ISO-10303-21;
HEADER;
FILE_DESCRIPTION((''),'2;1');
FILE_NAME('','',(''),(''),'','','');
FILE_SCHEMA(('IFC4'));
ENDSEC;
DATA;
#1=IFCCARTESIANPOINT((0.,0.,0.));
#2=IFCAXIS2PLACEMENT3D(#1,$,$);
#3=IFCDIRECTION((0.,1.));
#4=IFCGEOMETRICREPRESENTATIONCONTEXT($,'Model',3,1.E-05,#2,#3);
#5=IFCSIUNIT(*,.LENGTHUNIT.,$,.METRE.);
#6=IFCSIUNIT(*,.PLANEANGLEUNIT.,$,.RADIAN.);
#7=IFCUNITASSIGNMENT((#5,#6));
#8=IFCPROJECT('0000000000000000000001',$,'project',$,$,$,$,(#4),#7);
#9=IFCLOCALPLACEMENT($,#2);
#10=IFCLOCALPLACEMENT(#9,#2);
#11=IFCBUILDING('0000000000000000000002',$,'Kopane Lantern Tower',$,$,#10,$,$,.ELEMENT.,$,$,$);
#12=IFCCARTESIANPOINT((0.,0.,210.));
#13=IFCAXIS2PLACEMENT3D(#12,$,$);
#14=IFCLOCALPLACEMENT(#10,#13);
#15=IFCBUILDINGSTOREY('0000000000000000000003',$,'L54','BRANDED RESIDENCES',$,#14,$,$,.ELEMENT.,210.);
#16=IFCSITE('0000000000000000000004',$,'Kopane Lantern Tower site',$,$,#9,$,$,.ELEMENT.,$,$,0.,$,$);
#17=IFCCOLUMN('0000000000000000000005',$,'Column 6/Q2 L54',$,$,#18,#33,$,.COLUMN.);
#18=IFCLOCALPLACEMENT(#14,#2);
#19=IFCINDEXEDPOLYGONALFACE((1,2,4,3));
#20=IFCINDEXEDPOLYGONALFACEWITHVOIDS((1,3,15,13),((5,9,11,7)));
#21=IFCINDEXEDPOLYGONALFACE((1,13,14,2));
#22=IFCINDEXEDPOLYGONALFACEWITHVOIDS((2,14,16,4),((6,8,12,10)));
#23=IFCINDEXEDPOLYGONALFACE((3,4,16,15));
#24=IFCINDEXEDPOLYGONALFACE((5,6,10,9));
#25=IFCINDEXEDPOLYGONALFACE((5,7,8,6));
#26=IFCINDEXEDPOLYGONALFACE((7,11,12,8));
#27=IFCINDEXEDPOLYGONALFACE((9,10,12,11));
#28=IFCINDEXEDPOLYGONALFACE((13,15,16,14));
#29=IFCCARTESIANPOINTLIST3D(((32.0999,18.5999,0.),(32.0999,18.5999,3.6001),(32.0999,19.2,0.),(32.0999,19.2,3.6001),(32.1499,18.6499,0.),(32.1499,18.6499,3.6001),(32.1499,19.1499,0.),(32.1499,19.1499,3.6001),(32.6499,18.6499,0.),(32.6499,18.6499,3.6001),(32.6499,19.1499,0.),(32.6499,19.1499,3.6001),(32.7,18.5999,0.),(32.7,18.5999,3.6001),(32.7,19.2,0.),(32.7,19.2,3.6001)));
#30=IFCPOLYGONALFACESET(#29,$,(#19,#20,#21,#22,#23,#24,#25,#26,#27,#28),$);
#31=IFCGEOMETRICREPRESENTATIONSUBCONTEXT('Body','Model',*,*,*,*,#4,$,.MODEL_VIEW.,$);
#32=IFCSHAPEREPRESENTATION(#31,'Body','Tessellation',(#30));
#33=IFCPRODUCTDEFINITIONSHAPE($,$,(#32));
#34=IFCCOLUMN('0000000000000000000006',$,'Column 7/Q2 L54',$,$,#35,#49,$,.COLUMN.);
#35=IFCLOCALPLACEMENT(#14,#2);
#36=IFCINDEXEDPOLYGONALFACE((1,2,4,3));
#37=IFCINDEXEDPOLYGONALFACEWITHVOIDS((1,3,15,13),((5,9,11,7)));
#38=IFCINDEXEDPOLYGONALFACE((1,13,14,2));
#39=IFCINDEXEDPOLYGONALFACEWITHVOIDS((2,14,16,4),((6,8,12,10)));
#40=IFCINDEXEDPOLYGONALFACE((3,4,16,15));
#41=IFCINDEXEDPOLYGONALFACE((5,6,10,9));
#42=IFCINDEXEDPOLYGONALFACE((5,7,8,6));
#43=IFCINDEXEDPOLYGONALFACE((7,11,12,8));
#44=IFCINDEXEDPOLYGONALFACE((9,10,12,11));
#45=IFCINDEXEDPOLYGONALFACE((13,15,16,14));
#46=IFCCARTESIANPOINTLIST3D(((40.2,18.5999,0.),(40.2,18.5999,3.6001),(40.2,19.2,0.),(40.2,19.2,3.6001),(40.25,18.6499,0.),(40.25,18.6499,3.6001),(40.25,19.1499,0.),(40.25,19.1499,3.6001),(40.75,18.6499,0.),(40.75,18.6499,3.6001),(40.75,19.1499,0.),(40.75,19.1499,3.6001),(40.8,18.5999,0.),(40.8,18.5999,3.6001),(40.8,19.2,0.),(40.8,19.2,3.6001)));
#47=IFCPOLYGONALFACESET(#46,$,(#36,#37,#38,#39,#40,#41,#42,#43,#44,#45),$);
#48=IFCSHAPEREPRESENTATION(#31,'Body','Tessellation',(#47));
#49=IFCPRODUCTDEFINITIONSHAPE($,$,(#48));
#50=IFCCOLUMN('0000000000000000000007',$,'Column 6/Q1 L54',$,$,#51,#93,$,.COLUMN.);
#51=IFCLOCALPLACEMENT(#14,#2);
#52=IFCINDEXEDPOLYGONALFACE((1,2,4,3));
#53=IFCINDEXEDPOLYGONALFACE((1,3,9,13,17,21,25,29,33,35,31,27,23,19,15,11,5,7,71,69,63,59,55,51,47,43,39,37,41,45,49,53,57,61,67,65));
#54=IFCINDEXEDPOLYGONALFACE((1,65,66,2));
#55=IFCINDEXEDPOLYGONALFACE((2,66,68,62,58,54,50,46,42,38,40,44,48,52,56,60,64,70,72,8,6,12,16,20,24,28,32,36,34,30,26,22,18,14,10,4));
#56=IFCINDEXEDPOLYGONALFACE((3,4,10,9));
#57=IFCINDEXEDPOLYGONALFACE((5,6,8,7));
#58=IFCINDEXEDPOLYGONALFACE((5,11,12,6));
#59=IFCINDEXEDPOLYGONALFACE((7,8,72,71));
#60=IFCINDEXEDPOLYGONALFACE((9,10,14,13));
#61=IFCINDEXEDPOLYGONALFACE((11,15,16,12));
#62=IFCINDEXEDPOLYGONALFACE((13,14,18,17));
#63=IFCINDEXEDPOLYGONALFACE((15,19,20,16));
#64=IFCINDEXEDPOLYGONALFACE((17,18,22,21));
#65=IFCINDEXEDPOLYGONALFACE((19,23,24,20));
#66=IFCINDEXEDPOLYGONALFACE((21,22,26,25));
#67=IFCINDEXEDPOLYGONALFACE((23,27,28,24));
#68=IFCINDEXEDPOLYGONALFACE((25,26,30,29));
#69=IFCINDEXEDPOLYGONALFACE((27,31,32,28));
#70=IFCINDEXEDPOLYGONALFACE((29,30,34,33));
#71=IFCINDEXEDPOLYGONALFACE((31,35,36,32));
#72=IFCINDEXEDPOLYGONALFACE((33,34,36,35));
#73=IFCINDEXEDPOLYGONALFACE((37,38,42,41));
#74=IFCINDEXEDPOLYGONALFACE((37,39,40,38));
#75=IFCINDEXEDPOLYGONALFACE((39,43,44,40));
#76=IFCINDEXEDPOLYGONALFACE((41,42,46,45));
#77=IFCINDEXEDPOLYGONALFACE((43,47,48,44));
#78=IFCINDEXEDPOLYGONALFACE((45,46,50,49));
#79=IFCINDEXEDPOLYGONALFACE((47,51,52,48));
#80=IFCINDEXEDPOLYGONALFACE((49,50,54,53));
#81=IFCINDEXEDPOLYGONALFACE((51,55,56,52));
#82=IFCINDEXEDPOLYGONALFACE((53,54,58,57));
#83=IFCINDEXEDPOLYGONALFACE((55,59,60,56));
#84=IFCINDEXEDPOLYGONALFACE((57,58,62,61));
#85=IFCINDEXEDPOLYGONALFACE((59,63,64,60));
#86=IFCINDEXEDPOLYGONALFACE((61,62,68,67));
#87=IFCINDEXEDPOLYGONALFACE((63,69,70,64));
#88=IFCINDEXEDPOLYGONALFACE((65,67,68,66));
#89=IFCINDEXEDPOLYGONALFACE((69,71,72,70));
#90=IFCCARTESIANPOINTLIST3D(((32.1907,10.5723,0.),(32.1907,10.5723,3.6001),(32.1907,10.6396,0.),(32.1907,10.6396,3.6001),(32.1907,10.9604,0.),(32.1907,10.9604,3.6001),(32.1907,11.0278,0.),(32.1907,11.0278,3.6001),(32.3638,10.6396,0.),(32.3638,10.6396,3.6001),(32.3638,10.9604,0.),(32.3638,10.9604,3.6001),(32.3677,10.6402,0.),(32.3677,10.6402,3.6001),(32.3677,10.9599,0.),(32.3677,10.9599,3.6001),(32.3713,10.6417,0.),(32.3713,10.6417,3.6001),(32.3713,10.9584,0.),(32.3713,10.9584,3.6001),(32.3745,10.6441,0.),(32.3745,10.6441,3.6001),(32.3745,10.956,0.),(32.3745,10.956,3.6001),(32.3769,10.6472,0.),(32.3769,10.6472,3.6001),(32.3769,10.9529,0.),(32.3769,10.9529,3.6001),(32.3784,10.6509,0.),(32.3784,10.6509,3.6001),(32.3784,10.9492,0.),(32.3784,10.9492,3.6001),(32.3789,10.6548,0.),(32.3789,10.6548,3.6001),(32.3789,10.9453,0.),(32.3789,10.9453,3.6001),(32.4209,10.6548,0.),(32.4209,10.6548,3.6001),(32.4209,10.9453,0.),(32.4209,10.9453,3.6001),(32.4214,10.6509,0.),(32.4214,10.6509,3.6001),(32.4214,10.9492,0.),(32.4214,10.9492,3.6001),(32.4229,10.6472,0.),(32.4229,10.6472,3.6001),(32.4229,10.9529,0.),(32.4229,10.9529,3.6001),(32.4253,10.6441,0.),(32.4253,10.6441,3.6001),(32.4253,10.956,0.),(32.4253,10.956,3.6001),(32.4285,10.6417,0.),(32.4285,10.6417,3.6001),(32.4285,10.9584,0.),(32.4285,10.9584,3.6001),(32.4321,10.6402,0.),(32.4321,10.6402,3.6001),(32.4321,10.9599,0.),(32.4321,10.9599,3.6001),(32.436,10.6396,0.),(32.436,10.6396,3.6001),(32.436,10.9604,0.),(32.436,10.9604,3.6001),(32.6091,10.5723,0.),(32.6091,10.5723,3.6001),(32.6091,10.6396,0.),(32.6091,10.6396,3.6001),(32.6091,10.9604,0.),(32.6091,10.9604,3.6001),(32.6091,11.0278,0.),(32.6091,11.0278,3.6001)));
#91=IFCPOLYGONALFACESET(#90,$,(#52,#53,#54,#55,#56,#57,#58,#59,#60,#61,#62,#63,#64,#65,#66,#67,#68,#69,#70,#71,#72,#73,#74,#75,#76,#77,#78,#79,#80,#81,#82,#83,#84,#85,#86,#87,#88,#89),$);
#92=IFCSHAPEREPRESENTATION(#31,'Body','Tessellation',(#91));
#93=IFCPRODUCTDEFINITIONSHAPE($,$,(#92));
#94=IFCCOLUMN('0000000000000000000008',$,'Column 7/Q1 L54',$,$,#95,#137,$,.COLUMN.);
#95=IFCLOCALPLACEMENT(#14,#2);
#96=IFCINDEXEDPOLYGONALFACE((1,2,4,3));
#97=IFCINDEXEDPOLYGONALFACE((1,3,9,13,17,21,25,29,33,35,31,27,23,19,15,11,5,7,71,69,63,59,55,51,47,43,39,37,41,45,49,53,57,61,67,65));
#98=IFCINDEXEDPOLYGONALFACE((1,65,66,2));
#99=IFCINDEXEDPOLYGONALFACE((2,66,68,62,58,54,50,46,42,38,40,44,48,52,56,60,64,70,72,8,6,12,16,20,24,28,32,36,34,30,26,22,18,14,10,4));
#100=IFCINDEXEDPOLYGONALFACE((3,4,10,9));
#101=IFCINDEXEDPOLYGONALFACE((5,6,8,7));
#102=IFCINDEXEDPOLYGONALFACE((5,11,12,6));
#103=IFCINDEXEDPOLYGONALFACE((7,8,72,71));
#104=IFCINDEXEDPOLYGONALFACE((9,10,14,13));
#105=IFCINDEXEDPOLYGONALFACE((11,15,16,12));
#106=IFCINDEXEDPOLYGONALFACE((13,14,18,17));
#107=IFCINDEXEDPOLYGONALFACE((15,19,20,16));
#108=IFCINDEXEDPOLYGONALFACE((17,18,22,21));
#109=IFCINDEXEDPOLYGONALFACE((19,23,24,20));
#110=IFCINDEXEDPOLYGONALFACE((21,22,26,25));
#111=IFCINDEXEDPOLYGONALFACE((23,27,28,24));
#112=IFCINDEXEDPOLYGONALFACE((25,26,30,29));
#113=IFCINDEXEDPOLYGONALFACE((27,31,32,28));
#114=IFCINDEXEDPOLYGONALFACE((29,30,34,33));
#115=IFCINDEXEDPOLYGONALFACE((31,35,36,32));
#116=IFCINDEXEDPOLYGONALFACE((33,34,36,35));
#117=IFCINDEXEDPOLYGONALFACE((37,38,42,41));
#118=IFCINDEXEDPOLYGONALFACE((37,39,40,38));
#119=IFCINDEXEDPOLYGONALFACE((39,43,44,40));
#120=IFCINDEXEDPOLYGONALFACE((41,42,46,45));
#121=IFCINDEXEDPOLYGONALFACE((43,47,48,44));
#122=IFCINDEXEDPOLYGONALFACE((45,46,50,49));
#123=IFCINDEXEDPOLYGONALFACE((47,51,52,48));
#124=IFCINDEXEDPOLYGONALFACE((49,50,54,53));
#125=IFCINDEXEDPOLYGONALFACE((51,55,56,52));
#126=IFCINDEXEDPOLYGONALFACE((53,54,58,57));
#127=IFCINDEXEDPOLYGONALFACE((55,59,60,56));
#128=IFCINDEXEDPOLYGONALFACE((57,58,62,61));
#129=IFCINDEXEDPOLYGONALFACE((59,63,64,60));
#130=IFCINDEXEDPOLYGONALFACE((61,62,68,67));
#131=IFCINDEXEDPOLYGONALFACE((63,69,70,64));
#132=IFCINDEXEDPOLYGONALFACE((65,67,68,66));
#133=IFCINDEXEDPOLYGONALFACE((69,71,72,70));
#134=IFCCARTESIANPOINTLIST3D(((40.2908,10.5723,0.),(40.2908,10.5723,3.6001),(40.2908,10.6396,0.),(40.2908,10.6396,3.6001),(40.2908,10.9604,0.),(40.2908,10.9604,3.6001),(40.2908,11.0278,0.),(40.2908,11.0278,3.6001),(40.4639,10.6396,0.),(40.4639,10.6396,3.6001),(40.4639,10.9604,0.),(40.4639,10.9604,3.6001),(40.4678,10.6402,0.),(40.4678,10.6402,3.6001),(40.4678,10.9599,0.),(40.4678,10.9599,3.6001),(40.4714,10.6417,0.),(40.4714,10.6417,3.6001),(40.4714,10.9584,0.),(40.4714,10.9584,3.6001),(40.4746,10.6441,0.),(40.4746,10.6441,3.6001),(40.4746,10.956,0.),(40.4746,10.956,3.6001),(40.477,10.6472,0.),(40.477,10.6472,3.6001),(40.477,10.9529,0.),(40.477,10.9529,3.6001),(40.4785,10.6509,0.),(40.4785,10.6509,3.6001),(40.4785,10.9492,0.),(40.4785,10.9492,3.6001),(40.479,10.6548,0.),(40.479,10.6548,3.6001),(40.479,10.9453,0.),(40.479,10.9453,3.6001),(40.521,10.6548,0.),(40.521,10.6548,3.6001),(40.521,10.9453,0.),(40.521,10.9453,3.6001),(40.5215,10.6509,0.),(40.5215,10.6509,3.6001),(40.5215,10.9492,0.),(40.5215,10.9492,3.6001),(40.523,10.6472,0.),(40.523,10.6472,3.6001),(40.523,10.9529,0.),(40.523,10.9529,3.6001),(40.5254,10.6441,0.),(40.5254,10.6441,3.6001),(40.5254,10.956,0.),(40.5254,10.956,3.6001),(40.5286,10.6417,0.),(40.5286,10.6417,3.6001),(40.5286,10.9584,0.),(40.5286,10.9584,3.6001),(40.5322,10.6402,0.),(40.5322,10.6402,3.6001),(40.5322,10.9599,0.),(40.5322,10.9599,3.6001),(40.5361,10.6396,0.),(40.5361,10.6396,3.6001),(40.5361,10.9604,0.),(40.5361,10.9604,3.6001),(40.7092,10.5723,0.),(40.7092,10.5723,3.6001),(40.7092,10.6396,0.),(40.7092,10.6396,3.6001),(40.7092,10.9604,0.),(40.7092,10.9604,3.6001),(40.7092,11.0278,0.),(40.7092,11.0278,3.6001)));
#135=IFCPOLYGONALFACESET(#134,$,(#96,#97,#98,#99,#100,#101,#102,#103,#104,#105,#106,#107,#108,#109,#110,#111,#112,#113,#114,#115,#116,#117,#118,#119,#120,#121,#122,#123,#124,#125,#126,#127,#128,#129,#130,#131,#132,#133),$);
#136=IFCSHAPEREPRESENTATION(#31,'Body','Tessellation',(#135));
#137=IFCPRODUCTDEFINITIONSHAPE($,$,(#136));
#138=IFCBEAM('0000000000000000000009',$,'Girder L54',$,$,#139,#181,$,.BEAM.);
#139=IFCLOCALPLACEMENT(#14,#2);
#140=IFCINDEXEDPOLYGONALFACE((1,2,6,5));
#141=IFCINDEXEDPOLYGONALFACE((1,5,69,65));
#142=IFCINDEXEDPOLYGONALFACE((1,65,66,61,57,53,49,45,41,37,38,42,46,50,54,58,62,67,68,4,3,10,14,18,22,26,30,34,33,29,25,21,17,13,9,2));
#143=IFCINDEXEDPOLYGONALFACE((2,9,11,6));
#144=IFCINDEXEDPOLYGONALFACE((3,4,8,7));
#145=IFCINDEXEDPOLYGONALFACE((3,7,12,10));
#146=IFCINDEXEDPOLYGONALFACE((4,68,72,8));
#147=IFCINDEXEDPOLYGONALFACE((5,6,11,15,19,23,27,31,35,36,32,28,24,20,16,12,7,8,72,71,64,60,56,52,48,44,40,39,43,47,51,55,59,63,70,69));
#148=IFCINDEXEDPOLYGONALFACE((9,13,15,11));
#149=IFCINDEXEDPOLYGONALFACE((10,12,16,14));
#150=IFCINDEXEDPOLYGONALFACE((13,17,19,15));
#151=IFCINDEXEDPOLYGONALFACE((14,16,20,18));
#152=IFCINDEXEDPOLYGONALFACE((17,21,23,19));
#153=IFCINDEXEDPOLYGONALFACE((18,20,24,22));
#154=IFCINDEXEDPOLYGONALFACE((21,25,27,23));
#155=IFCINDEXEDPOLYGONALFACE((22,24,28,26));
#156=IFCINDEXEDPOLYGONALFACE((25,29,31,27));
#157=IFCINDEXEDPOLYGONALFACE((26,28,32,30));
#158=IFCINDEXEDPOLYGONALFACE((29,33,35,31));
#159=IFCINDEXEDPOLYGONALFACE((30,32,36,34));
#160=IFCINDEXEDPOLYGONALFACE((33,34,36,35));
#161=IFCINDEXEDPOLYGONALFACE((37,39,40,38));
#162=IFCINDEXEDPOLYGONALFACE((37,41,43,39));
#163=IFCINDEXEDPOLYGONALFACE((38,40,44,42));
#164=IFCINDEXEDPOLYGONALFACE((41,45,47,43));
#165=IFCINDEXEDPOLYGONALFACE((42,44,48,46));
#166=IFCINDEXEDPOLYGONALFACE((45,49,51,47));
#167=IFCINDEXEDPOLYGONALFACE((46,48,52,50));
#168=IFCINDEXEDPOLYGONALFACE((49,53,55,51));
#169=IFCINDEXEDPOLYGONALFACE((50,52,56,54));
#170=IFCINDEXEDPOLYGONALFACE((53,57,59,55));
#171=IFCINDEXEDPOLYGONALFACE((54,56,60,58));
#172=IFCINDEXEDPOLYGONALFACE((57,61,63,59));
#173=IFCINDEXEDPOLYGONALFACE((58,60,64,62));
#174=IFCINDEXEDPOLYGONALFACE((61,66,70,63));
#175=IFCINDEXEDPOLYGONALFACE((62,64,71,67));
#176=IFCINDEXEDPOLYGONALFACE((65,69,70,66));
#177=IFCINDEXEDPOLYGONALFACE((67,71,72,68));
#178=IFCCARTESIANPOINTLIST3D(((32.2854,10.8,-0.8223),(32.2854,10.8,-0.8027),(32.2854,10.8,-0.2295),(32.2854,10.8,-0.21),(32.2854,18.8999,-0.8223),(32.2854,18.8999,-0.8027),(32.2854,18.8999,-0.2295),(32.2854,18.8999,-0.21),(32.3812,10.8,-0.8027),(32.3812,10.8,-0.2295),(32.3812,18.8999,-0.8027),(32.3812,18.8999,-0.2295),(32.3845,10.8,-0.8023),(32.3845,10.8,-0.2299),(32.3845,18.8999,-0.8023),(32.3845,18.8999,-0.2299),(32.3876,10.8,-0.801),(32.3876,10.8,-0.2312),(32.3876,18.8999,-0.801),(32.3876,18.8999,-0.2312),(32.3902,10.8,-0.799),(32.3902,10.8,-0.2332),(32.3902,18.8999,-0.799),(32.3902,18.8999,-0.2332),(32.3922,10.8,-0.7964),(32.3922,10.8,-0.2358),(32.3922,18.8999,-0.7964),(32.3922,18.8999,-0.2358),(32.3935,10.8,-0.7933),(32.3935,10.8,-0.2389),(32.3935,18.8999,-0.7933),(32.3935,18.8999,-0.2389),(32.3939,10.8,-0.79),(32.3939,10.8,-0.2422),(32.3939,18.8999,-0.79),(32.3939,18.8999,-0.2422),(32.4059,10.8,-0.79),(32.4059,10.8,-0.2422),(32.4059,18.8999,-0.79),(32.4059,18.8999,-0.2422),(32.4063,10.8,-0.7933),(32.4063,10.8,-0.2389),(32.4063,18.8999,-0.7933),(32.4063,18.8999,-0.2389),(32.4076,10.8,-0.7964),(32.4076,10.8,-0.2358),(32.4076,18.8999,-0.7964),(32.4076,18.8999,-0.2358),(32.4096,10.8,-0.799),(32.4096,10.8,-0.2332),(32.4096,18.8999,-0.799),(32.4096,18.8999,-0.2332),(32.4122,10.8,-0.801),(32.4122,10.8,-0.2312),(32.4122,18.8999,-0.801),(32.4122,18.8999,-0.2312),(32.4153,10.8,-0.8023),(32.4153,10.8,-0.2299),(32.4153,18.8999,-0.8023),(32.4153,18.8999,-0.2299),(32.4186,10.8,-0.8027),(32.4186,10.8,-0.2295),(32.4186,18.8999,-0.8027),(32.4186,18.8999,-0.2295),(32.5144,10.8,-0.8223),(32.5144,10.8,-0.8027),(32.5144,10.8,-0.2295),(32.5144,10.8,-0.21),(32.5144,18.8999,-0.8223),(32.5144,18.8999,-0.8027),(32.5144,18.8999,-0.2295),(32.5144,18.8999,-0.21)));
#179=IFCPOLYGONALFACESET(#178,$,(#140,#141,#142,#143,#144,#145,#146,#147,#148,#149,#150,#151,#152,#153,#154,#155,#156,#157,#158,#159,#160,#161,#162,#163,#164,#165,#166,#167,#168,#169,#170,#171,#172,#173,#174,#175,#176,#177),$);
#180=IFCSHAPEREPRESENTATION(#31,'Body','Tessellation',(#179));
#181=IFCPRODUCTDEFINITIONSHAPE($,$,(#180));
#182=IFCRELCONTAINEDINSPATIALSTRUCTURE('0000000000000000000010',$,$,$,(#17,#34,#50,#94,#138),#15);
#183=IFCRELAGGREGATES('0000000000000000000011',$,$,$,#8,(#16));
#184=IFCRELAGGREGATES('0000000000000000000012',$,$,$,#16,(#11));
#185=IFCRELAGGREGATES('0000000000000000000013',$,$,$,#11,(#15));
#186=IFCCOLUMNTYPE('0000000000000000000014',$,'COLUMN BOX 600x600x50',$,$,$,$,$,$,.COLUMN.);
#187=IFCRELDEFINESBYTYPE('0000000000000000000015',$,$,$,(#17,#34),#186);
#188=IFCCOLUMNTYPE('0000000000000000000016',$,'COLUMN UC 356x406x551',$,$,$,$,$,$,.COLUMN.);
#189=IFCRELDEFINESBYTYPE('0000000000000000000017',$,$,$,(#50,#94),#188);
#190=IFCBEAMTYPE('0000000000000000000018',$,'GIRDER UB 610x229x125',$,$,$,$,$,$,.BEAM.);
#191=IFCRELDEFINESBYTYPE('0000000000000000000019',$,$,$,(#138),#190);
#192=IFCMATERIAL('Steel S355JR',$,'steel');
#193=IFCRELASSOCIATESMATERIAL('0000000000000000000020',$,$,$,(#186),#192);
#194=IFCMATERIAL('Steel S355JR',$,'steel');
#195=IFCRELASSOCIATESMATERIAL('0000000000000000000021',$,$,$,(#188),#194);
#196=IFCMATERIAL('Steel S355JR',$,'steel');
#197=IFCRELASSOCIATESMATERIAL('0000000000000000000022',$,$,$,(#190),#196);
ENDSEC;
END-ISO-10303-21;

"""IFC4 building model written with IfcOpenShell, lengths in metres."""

from ifc_helpers import new_model, si_unit, direction, frame, origin, origin_2d, place, context, subcontext, project, spatial, hollow_rectangle, i_section, extrude, material, material_profile, profile_set, type_object, element, save


model = new_model("IFC4")

# Units and contexts
model_context = context("Model", 3, precision=1e-05, world=origin(), true_north=direction((0.0, 1.0)))
body_context = subcontext(model_context, "Body", "Model", "MODEL_VIEW")
ifc_project = project(units=[si_unit("LENGTHUNIT", "METRE"), si_unit("PLANEANGLEUNIT", "RADIAN")], contexts=[model_context])

# Site, building, storey
site_placement = place(None, origin())
site = spatial("IfcSite", under=ifc_project, at=site_placement, Name="Kopane Lantern Tower site", CompositionType="ELEMENT", RefElevation=0.0)
building_placement = place(site_placement, origin())
building = spatial("IfcBuilding", under=site, at=building_placement, Name="Kopane Lantern Tower", CompositionType="ELEMENT")
storey_placement = place(building_placement, frame((0.0, 0.0, 210.0)))
storey = spatial("IfcBuildingStorey", under=building, at=storey_placement, Name="L54", Description="BRANDED RESIDENCES", CompositionType="ELEMENT", Elevation=210.0)

# Columns
ifc_material_1 = material(Name="Steel S355JR", Category="steel")
ifc_material_profile_1 = material_profile(ifc_material_1, hollow_rectangle(XDim=0.6001, YDim=0.6001, WallThickness=0.05, at=origin_2d()), Name="BOX 600x600x50")
ifc_profile_set_1 = profile_set([ifc_material_profile_1], Name="Steel S355JR")
column_type_1 = type_object("IfcColumnType", Name="COLUMN BOX 600x600x50", PredefinedType="COLUMN", material=ifc_profile_set_1)
for number, where, z_axis, x_axis, name in (
    (1, (32.3999, 18.8999, 0.0), (0.0, 0.0, 1.0), (1.0, 0.0, 0.0), "Column 6/Q2 L54"),
    (2, (40.5, 18.8999, 0.0), (0.0, 0.0, 1.0), (1.0, 0.0, 0.0), "Column 7/Q2 L54"),
):
    element("IfcColumn", number, at=place(storey_placement, frame(where, z_axis=z_axis, x_axis=x_axis)), inside=storey, type_object=column_type_1, Name=name, PredefinedType="COLUMN", context=body_context, shape_type="SweptSolid", body=[
        extrude(hollow_rectangle(XDim=0.6001, YDim=0.6001, WallThickness=0.05, at=origin_2d()), origin(), (0.0, 0.0, 1.0), 3.6001),
    ])
ifc_material_2 = material(Name="Steel S355JR", Category="steel")
ifc_material_profile_2 = material_profile(ifc_material_2, i_section(OverallWidth=0.4185, OverallDepth=0.4556, WebThickness=0.042, FlangeThickness=0.0674, FilletRadius=0.0151, at=origin_2d()), Name="UC 356x406x551")
ifc_profile_set_2 = profile_set([ifc_material_profile_2], Name="Steel S355JR")
column_type_2 = type_object("IfcColumnType", Name="COLUMN UC 356x406x551", PredefinedType="COLUMN", material=ifc_profile_set_2)
for number, where, z_axis, x_axis, name in (
    (3, (32.3999, 10.8, 0.0), (0.0, 0.0, 1.0), (1.0, 0.0, 0.0), "Column 6/Q1 L54"),
    (4, (40.5, 10.8, 0.0), (0.0, 0.0, 1.0), (1.0, 0.0, 0.0), "Column 7/Q1 L54"),
):
    element("IfcColumn", number, at=place(storey_placement, frame(where, z_axis=z_axis, x_axis=x_axis)), inside=storey, type_object=column_type_2, Name=name, PredefinedType="COLUMN", context=body_context, shape_type="SweptSolid", body=[
        extrude(i_section(OverallWidth=0.4185, OverallDepth=0.4556, WebThickness=0.042, FlangeThickness=0.0674, FilletRadius=0.0151, at=origin_2d()), origin(), (0.0, 0.0, 1.0), 3.6001),
    ])

# Beam
ifc_material_3 = material(Name="Steel S355JR", Category="steel")
ifc_material_profile_3 = material_profile(ifc_material_3, i_section(OverallWidth=0.229, OverallDepth=0.6123, WebThickness=0.012, FlangeThickness=0.0195, FilletRadius=0.0127, at=origin_2d()), Name="UB 610x229x125")
ifc_profile_set_3 = profile_set([ifc_material_profile_3], Name="Steel S355JR")
beam_type = type_object("IfcBeamType", Name="GIRDER UB 610x229x125", PredefinedType="BEAM", material=ifc_profile_set_3)
beam_1_placement = place(storey_placement, frame((32.3999, 10.8, -0.5161), z_axis=(0.0, 1.0, 0.0), x_axis=(-1.0, 0.0, 0.0)))
element("IfcBeam", 5, at=beam_1_placement, inside=storey, type_object=beam_type, Name="Girder L54", PredefinedType="BEAM", context=body_context, shape_type="SweptSolid", body=[
    extrude(i_section(OverallWidth=0.229, OverallDepth=0.6123, WebThickness=0.012, FlangeThickness=0.0195, FilletRadius=0.0127, at=origin_2d()), origin(), (0.0, 0.0, 1.0), 8.0999),
])

save(model, "model.ifc")
